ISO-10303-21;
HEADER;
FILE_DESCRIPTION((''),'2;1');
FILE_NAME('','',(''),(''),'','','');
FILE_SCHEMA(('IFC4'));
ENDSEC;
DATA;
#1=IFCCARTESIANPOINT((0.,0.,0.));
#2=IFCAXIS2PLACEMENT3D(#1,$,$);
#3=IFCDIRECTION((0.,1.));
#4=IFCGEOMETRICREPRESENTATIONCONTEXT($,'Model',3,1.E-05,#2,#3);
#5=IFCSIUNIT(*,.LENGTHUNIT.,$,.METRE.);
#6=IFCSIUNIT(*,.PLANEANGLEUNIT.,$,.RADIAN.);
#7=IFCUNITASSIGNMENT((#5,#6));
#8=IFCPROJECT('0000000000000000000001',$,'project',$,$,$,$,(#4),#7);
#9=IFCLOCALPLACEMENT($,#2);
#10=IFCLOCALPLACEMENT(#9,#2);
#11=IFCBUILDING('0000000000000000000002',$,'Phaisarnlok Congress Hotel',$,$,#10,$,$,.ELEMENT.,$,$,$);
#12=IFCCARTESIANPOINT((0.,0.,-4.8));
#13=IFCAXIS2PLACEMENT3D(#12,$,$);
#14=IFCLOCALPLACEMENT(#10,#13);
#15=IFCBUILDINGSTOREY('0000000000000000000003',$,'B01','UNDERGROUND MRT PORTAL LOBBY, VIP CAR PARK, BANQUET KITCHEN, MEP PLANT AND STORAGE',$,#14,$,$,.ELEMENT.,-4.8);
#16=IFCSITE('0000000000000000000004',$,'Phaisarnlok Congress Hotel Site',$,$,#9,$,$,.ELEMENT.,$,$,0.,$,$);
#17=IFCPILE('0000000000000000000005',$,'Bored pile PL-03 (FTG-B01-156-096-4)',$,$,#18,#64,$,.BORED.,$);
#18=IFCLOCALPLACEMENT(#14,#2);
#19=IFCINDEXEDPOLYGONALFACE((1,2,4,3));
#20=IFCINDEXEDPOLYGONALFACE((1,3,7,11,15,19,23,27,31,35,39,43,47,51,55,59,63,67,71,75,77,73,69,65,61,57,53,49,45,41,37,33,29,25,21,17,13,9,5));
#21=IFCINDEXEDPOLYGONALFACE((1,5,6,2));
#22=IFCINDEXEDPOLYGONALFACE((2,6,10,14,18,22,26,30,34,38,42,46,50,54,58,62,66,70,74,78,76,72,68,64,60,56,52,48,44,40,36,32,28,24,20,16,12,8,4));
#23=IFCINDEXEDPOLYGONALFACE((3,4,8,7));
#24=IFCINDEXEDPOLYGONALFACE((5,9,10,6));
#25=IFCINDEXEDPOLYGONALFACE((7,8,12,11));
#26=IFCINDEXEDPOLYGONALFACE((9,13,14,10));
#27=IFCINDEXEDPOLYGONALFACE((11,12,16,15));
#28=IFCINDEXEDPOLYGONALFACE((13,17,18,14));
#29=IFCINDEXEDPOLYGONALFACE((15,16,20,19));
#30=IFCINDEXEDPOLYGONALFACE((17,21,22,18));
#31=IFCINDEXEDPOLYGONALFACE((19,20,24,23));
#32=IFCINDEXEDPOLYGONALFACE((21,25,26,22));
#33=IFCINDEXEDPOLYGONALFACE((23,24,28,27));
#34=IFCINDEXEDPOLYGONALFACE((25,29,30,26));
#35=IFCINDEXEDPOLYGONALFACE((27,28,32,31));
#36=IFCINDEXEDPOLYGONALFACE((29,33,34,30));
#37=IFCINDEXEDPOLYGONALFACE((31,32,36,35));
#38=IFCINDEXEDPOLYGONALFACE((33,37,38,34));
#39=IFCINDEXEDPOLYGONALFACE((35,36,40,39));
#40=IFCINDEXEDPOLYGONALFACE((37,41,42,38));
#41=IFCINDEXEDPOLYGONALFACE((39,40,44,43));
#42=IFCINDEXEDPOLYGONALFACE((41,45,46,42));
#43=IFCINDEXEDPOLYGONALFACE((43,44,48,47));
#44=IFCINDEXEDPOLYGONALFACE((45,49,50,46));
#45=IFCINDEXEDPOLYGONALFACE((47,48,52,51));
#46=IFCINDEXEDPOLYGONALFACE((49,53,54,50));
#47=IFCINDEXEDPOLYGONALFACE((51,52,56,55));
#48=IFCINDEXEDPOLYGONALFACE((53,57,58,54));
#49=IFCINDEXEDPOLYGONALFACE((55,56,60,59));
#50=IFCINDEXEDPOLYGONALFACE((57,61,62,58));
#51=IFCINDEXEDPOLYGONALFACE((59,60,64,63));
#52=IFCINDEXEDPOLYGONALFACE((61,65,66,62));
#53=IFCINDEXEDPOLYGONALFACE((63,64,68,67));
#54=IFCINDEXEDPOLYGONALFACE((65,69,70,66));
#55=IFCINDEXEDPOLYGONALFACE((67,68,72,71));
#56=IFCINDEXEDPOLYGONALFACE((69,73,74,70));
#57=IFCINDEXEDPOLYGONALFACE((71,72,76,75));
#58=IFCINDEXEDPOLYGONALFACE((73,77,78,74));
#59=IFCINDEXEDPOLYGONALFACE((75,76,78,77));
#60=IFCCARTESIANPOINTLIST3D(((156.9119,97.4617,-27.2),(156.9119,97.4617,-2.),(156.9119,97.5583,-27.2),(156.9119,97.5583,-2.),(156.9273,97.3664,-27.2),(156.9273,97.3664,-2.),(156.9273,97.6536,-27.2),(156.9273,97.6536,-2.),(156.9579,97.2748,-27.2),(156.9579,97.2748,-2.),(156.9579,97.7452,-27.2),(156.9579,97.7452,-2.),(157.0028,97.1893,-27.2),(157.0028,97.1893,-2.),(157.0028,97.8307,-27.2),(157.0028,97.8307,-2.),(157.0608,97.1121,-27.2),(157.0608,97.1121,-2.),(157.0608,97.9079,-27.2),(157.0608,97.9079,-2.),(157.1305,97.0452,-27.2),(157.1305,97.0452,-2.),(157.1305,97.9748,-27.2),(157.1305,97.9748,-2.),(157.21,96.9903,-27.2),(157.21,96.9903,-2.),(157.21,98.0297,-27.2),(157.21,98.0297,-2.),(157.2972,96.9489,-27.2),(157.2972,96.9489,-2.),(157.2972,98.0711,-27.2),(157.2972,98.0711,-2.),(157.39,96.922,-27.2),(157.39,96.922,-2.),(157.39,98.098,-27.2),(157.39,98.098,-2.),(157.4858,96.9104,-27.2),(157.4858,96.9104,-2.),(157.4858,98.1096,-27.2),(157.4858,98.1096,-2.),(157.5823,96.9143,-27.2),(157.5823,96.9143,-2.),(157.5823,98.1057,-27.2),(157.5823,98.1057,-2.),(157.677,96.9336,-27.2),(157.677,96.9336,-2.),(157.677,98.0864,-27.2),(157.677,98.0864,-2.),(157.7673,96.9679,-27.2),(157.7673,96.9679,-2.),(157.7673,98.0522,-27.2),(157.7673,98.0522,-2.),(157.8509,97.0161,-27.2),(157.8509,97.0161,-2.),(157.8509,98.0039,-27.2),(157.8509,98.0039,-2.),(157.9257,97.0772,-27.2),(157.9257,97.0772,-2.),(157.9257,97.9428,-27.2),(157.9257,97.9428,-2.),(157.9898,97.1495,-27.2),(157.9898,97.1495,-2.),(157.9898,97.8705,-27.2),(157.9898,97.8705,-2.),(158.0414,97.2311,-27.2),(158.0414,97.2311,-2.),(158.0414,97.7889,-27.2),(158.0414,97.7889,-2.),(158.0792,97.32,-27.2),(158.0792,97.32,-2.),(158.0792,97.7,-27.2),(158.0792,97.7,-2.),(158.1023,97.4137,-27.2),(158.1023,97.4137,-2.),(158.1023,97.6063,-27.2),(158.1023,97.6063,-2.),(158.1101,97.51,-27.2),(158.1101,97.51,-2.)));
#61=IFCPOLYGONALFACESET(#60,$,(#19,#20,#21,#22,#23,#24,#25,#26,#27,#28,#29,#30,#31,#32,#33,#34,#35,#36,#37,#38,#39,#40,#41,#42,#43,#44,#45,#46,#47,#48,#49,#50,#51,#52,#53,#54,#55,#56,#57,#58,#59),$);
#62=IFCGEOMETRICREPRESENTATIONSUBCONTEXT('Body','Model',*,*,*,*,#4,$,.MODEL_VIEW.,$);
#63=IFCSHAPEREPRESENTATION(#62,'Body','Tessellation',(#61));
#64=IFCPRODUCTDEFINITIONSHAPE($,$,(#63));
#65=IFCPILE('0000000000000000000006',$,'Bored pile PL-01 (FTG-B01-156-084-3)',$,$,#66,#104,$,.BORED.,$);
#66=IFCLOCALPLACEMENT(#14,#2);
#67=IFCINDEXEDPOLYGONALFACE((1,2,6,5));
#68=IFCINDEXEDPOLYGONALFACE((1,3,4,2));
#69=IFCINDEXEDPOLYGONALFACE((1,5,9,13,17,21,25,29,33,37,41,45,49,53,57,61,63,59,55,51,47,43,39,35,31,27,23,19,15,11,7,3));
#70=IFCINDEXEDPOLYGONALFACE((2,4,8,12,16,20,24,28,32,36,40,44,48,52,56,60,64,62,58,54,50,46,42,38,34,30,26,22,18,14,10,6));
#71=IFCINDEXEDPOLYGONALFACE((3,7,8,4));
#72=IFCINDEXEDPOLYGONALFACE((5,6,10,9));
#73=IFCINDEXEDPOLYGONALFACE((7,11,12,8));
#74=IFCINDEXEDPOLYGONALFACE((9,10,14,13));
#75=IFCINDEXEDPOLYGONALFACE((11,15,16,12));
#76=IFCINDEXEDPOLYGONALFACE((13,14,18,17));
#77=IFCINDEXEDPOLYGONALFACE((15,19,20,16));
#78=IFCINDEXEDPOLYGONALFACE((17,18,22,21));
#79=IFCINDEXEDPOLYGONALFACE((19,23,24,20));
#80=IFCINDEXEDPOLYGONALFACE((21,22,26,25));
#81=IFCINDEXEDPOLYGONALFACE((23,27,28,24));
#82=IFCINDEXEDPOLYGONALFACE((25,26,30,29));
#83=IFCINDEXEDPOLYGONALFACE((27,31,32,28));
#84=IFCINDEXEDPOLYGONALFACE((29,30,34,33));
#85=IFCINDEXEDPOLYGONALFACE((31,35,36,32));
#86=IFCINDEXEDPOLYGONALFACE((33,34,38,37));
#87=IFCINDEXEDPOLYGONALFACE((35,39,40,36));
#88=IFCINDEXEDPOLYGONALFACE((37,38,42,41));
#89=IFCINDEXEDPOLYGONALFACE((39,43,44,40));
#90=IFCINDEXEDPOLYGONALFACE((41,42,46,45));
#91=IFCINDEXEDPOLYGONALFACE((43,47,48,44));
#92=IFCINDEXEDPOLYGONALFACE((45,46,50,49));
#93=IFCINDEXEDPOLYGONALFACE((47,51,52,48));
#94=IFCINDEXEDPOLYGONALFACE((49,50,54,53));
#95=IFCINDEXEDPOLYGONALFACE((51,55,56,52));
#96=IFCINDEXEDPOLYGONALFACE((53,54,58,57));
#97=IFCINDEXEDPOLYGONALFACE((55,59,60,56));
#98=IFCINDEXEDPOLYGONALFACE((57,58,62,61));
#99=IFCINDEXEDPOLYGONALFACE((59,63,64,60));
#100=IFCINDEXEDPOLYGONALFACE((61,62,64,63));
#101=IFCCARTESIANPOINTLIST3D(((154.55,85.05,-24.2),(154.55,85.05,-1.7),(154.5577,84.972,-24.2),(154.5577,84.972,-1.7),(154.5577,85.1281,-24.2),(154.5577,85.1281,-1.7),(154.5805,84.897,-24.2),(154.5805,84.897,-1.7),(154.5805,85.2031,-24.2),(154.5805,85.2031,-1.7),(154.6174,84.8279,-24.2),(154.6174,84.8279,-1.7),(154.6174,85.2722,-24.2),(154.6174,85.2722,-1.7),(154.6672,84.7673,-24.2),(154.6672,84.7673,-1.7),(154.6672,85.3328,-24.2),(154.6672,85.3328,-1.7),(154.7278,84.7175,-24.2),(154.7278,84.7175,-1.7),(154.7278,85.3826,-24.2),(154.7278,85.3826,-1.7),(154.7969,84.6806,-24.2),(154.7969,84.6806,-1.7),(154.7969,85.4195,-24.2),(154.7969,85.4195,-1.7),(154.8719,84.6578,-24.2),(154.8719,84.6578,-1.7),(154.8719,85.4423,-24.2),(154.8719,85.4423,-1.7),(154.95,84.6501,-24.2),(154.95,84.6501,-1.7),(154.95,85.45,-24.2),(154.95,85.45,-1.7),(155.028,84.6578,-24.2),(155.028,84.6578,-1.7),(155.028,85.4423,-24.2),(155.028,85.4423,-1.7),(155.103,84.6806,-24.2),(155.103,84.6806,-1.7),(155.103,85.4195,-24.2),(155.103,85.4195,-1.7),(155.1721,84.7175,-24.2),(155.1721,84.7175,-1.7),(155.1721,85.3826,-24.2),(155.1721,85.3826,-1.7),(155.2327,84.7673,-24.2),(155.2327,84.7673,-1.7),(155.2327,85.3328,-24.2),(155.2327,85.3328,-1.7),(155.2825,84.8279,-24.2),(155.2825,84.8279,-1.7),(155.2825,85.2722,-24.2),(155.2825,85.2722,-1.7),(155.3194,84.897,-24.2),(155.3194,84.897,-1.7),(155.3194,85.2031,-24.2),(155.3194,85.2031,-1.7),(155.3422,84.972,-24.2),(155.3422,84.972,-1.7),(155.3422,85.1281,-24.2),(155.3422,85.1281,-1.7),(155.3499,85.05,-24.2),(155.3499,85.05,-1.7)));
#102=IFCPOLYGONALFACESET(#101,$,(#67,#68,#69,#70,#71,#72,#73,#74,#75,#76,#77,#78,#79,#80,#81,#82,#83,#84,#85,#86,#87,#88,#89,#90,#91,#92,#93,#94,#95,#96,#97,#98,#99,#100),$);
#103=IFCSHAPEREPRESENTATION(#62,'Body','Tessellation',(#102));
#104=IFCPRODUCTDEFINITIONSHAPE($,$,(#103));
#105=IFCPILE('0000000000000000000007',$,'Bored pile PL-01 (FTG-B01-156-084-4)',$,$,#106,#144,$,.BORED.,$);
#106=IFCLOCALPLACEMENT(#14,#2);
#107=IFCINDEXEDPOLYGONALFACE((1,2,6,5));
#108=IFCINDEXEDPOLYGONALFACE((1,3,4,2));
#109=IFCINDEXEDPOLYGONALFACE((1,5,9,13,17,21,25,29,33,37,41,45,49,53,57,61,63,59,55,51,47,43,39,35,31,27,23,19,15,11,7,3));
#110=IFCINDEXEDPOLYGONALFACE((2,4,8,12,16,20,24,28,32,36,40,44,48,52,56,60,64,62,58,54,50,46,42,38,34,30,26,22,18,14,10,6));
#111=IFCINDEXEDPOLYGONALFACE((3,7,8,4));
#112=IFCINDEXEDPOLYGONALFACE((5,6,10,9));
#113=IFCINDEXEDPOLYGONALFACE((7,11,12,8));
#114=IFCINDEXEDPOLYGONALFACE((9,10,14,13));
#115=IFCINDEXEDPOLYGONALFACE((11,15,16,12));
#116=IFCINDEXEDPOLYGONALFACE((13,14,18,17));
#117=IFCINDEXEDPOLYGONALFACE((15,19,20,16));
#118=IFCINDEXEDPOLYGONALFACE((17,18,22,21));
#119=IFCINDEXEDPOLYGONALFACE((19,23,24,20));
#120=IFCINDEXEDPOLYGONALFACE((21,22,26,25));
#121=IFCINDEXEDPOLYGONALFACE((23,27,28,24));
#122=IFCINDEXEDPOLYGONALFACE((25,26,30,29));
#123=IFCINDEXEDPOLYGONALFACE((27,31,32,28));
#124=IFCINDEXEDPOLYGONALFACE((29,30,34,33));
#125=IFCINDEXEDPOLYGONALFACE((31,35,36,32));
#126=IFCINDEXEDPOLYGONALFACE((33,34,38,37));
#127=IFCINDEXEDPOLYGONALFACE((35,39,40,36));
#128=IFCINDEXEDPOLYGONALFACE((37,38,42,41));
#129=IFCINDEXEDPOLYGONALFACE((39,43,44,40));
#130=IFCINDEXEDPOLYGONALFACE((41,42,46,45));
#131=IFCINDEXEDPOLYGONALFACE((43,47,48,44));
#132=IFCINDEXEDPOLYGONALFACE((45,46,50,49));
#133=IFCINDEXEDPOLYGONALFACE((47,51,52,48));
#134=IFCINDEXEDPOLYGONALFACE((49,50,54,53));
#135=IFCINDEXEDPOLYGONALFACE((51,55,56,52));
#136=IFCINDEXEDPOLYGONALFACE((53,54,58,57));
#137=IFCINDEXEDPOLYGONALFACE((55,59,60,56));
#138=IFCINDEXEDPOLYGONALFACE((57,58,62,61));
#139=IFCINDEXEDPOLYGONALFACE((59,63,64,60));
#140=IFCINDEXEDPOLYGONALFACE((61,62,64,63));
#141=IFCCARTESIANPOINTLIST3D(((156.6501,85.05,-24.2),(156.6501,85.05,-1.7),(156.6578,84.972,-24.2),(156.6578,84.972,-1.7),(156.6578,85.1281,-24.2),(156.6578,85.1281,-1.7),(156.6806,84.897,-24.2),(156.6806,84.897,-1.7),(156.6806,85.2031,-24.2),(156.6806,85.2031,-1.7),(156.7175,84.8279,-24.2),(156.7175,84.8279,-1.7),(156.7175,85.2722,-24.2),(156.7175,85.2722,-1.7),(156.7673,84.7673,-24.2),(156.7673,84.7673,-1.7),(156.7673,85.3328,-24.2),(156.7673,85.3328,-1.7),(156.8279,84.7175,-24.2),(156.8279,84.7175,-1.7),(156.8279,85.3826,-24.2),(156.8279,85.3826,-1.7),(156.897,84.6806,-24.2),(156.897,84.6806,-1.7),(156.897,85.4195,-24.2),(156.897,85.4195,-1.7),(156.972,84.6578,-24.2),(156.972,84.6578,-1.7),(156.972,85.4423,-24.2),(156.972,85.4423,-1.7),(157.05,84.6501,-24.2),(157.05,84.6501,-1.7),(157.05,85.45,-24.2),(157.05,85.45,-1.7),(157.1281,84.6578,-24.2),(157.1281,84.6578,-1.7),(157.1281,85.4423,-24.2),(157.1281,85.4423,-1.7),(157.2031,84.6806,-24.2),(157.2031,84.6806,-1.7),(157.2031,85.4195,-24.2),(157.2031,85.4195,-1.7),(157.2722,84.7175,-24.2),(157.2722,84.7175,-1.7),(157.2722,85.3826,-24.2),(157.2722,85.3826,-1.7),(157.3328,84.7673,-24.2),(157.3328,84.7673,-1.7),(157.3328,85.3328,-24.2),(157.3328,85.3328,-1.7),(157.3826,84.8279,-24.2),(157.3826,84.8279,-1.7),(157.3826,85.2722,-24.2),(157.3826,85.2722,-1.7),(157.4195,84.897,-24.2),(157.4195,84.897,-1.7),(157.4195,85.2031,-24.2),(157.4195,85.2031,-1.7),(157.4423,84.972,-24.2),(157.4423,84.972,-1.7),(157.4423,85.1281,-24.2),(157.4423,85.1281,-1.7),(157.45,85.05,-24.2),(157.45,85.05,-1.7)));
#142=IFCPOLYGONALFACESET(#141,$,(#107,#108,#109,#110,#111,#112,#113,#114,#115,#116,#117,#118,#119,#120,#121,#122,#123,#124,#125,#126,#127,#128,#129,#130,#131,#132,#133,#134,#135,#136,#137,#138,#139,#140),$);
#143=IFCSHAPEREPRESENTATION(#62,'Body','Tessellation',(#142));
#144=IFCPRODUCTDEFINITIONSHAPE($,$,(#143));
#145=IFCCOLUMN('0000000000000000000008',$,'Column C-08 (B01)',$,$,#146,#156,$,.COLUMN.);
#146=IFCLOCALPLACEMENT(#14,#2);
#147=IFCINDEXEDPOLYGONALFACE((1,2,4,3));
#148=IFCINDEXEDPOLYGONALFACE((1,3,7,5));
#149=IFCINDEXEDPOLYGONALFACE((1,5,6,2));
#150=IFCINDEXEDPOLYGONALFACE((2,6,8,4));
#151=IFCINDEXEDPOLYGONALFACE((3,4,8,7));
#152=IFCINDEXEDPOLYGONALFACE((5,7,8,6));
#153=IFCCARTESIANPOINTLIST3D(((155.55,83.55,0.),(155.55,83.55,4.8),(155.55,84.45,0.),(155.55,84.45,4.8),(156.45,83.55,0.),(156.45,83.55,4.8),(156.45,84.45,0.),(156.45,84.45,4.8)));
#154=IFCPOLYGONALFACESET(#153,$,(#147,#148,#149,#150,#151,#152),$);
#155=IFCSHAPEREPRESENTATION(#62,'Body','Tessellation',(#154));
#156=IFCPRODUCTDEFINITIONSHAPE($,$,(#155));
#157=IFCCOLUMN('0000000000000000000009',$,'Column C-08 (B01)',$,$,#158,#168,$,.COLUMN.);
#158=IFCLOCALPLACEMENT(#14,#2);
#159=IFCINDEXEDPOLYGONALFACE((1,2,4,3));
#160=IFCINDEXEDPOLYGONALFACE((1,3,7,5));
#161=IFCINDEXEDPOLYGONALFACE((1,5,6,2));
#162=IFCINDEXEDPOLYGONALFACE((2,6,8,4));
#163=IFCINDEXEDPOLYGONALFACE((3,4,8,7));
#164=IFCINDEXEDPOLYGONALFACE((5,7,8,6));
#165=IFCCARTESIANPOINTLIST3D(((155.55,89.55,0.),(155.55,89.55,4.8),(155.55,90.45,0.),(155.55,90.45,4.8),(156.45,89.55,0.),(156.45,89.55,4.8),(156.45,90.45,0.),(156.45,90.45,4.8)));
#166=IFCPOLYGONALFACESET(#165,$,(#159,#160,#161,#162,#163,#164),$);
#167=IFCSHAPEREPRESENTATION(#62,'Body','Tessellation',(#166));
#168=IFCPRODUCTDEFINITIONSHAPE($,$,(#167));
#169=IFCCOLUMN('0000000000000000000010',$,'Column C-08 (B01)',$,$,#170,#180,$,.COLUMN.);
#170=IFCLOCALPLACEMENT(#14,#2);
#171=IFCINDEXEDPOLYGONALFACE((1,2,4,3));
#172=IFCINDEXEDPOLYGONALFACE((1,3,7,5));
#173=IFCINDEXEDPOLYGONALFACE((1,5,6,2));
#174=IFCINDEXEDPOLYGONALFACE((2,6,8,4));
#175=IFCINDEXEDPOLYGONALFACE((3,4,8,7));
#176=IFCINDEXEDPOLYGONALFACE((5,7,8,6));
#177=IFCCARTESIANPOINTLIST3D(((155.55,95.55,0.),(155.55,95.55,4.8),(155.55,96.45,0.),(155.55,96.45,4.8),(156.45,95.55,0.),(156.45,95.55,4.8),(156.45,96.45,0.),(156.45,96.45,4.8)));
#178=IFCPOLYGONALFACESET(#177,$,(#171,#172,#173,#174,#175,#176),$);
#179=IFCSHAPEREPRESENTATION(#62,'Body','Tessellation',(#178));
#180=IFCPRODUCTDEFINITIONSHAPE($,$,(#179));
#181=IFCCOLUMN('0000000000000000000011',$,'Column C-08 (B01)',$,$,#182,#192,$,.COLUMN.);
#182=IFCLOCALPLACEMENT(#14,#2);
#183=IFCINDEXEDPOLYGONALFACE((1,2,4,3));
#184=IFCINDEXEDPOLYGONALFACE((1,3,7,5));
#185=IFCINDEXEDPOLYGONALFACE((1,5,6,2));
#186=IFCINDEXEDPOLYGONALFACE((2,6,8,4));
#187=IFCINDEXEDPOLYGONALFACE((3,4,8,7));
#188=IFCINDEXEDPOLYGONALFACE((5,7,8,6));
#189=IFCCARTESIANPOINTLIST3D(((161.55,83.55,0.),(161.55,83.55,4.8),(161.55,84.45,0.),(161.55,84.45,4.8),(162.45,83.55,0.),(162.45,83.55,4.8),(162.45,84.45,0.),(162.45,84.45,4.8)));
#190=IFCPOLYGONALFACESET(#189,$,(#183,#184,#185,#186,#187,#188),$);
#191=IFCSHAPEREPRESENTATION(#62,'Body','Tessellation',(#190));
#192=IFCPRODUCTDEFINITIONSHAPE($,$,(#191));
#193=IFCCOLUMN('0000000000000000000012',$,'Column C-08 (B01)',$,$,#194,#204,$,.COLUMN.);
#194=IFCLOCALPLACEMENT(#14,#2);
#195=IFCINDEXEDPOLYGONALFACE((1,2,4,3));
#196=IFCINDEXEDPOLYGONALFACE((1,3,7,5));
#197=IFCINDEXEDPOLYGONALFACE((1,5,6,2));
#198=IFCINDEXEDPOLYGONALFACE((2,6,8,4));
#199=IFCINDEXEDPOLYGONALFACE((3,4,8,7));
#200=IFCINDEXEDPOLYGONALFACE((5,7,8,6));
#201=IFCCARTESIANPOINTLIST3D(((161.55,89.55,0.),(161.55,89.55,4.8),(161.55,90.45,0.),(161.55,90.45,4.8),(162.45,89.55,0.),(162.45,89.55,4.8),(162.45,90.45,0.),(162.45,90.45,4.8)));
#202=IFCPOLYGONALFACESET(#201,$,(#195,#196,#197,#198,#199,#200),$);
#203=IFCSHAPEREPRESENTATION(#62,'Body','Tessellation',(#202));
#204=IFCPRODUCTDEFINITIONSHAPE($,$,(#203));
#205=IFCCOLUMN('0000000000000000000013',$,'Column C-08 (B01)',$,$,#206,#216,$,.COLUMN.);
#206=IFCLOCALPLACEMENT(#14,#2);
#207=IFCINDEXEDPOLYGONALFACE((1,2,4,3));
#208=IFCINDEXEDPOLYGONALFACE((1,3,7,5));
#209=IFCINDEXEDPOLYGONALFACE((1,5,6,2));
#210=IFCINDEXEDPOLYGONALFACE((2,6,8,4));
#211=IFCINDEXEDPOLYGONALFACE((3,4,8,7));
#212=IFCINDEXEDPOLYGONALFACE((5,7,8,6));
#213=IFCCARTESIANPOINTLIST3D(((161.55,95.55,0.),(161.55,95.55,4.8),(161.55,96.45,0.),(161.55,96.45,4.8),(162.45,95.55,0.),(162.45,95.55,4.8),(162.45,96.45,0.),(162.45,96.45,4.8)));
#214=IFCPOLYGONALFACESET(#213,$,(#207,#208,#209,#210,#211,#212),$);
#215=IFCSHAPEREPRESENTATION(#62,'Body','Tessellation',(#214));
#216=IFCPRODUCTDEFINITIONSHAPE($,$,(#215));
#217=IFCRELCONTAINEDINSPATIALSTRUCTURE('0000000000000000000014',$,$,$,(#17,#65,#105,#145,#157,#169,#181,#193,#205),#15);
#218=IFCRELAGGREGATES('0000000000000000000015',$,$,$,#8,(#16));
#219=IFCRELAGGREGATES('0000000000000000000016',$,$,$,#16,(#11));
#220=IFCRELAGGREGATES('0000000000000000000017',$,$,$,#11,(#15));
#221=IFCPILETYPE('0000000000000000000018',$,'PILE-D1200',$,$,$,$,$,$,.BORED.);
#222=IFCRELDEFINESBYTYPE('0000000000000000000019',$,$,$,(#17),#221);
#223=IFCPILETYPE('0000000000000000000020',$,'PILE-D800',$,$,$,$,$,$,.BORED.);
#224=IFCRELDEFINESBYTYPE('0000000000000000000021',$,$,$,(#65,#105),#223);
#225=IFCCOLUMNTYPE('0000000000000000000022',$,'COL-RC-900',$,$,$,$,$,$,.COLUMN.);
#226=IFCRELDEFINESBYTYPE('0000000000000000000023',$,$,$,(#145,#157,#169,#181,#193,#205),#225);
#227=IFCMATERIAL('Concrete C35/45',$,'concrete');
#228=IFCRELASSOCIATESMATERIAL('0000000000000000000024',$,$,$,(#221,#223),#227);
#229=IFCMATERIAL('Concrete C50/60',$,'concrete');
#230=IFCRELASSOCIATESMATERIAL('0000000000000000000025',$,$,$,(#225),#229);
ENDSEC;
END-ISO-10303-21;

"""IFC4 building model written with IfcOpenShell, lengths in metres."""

from ifc_helpers import new_model, si_unit, direction, frame, origin, origin_2d, place, context, subcontext, project, spatial, rectangle, circle, extrude, material, material_profile, profile_set, type_object, element, save


model = new_model("IFC4")

# Units and contexts
model_context = context("Model", 3, precision=1e-05, world=origin(), true_north=direction((0.0, 1.0)))
body_context = subcontext(model_context, "Body", "Model", "MODEL_VIEW")
ifc_project = project(units=[si_unit("LENGTHUNIT", "METRE"), si_unit("PLANEANGLEUNIT", "RADIAN")], contexts=[model_context])

# Site, building, storey
site_placement = place(None, origin())
site = spatial("IfcSite", under=ifc_project, at=site_placement, Name="Phaisarnlok Congress Hotel Site", CompositionType="ELEMENT", RefElevation=0.0)
building_placement = place(site_placement, origin())
building = spatial("IfcBuilding", under=site, at=building_placement, Name="Phaisarnlok Congress Hotel", CompositionType="ELEMENT")
storey_placement = place(building_placement, frame((0.0, 0.0, -4.8)))
storey = spatial("IfcBuildingStorey", under=building, at=storey_placement, Name="B01", Description="UNDERGROUND MRT PORTAL LOBBY, VIP CAR PARK, BANQUET KITCHEN, MEP PLANT AND STORAGE", CompositionType="ELEMENT", Elevation=-4.8)

# Piles
ifc_material_1 = material(Name="Concrete C35/45", Category="concrete")
ifc_material_profile_1 = material_profile(ifc_material_1, circle(Radius=0.6001, at=origin_2d()), Name="BORED PILE D1200")
ifc_profile_set_1 = profile_set([ifc_material_profile_1], Name="Concrete C35/45")
pile_type_1 = type_object("IfcPileType", Name="PILE-D1200", PredefinedType="BORED", material=ifc_profile_set_1)
for number, where, z_axis, x_axis, name in (
    (1, (157.51, 97.51, -2.0), (0.0, 0.0, -1.0), (1.0, 0.0, 0.0), "Bored pile PL-03 (FTG-B01-156-096-4)"),
):
    element("IfcPile", number, at=place(storey_placement, frame(where, z_axis=z_axis, x_axis=x_axis)), inside=storey, type_object=pile_type_1, Name=name, PredefinedType="BORED", context=body_context, shape_type="SweptSolid", body=[
        extrude(circle(Radius=0.6001, at=origin_2d()), origin(), (0.0, 0.0, 1.0), 25.2),
    ])
ifc_material_profile_2 = material_profile(ifc_material_1, circle(Radius=0.3999, at=origin_2d()), Name="BORED PILE D800")
ifc_profile_set_2 = profile_set([ifc_material_profile_2], Name="Concrete C35/45")
pile_type_2 = type_object("IfcPileType", Name="PILE-D800", PredefinedType="BORED", material=ifc_profile_set_2)
for number, where, z_axis, x_axis, name in (
    (2, (154.95, 85.05, -1.7), (0.0, 0.0, -1.0), (1.0, 0.0, 0.0), "Bored pile PL-01 (FTG-B01-156-084-3)"),
    (3, (157.05, 85.05, -1.7), (0.0, 0.0, -1.0), (1.0, 0.0, 0.0), "Bored pile PL-01 (FTG-B01-156-084-4)"),
):
    element("IfcPile", number, at=place(storey_placement, frame(where, z_axis=z_axis, x_axis=x_axis)), inside=storey, type_object=pile_type_2, Name=name, PredefinedType="BORED", context=body_context, shape_type="SweptSolid", body=[
        extrude(circle(Radius=0.3999, at=origin_2d()), origin(), (0.0, 0.0, 1.0), 22.5),
    ])

# Columns
ifc_material_2 = material(Name="Concrete C50/60", Category="concrete")
ifc_material_profile_3 = material_profile(ifc_material_2, rectangle(XDim=0.8999, YDim=0.8999, at=origin_2d()), Name="RC 900x900")
ifc_profile_set_3 = profile_set([ifc_material_profile_3], Name="Concrete C50/60")
column_type = type_object("IfcColumnType", Name="COL-RC-900", PredefinedType="COLUMN", material=ifc_profile_set_3)
for number, where, z_axis, x_axis, name in (
    (4, (156.0, 84.0, 0.0), (0.0, 0.0, 1.0), (1.0, 0.0, 0.0), "Column C-08 (B01)"),
    (5, (156.0, 90.0, 0.0), (0.0, 0.0, 1.0), (1.0, 0.0, 0.0), "Column C-08 (B01)"),
    (6, (156.0, 96.0, 0.0), (0.0, 0.0, 1.0), (1.0, 0.0, 0.0), "Column C-08 (B01)"),
    (7, (162.0, 84.0, 0.0), (0.0, 0.0, 1.0), (1.0, 0.0, 0.0), "Column C-08 (B01)"),
    (8, (162.0, 90.0, 0.0), (0.0, 0.0, 1.0), (1.0, 0.0, 0.0), "Column C-08 (B01)"),
    (9, (162.0, 96.0, 0.0), (0.0, 0.0, 1.0), (1.0, 0.0, 0.0), "Column C-08 (B01)"),
):
    element("IfcColumn", number, at=place(storey_placement, frame(where, z_axis=z_axis, x_axis=x_axis)), inside=storey, type_object=column_type, Name=name, PredefinedType="COLUMN", context=body_context, shape_type="SweptSolid", body=[
        extrude(rectangle(XDim=0.8999, YDim=0.8999, at=origin_2d()), origin(), (0.0, 0.0, 1.0), 4.8),
    ])

save(model, "model.ifc")
